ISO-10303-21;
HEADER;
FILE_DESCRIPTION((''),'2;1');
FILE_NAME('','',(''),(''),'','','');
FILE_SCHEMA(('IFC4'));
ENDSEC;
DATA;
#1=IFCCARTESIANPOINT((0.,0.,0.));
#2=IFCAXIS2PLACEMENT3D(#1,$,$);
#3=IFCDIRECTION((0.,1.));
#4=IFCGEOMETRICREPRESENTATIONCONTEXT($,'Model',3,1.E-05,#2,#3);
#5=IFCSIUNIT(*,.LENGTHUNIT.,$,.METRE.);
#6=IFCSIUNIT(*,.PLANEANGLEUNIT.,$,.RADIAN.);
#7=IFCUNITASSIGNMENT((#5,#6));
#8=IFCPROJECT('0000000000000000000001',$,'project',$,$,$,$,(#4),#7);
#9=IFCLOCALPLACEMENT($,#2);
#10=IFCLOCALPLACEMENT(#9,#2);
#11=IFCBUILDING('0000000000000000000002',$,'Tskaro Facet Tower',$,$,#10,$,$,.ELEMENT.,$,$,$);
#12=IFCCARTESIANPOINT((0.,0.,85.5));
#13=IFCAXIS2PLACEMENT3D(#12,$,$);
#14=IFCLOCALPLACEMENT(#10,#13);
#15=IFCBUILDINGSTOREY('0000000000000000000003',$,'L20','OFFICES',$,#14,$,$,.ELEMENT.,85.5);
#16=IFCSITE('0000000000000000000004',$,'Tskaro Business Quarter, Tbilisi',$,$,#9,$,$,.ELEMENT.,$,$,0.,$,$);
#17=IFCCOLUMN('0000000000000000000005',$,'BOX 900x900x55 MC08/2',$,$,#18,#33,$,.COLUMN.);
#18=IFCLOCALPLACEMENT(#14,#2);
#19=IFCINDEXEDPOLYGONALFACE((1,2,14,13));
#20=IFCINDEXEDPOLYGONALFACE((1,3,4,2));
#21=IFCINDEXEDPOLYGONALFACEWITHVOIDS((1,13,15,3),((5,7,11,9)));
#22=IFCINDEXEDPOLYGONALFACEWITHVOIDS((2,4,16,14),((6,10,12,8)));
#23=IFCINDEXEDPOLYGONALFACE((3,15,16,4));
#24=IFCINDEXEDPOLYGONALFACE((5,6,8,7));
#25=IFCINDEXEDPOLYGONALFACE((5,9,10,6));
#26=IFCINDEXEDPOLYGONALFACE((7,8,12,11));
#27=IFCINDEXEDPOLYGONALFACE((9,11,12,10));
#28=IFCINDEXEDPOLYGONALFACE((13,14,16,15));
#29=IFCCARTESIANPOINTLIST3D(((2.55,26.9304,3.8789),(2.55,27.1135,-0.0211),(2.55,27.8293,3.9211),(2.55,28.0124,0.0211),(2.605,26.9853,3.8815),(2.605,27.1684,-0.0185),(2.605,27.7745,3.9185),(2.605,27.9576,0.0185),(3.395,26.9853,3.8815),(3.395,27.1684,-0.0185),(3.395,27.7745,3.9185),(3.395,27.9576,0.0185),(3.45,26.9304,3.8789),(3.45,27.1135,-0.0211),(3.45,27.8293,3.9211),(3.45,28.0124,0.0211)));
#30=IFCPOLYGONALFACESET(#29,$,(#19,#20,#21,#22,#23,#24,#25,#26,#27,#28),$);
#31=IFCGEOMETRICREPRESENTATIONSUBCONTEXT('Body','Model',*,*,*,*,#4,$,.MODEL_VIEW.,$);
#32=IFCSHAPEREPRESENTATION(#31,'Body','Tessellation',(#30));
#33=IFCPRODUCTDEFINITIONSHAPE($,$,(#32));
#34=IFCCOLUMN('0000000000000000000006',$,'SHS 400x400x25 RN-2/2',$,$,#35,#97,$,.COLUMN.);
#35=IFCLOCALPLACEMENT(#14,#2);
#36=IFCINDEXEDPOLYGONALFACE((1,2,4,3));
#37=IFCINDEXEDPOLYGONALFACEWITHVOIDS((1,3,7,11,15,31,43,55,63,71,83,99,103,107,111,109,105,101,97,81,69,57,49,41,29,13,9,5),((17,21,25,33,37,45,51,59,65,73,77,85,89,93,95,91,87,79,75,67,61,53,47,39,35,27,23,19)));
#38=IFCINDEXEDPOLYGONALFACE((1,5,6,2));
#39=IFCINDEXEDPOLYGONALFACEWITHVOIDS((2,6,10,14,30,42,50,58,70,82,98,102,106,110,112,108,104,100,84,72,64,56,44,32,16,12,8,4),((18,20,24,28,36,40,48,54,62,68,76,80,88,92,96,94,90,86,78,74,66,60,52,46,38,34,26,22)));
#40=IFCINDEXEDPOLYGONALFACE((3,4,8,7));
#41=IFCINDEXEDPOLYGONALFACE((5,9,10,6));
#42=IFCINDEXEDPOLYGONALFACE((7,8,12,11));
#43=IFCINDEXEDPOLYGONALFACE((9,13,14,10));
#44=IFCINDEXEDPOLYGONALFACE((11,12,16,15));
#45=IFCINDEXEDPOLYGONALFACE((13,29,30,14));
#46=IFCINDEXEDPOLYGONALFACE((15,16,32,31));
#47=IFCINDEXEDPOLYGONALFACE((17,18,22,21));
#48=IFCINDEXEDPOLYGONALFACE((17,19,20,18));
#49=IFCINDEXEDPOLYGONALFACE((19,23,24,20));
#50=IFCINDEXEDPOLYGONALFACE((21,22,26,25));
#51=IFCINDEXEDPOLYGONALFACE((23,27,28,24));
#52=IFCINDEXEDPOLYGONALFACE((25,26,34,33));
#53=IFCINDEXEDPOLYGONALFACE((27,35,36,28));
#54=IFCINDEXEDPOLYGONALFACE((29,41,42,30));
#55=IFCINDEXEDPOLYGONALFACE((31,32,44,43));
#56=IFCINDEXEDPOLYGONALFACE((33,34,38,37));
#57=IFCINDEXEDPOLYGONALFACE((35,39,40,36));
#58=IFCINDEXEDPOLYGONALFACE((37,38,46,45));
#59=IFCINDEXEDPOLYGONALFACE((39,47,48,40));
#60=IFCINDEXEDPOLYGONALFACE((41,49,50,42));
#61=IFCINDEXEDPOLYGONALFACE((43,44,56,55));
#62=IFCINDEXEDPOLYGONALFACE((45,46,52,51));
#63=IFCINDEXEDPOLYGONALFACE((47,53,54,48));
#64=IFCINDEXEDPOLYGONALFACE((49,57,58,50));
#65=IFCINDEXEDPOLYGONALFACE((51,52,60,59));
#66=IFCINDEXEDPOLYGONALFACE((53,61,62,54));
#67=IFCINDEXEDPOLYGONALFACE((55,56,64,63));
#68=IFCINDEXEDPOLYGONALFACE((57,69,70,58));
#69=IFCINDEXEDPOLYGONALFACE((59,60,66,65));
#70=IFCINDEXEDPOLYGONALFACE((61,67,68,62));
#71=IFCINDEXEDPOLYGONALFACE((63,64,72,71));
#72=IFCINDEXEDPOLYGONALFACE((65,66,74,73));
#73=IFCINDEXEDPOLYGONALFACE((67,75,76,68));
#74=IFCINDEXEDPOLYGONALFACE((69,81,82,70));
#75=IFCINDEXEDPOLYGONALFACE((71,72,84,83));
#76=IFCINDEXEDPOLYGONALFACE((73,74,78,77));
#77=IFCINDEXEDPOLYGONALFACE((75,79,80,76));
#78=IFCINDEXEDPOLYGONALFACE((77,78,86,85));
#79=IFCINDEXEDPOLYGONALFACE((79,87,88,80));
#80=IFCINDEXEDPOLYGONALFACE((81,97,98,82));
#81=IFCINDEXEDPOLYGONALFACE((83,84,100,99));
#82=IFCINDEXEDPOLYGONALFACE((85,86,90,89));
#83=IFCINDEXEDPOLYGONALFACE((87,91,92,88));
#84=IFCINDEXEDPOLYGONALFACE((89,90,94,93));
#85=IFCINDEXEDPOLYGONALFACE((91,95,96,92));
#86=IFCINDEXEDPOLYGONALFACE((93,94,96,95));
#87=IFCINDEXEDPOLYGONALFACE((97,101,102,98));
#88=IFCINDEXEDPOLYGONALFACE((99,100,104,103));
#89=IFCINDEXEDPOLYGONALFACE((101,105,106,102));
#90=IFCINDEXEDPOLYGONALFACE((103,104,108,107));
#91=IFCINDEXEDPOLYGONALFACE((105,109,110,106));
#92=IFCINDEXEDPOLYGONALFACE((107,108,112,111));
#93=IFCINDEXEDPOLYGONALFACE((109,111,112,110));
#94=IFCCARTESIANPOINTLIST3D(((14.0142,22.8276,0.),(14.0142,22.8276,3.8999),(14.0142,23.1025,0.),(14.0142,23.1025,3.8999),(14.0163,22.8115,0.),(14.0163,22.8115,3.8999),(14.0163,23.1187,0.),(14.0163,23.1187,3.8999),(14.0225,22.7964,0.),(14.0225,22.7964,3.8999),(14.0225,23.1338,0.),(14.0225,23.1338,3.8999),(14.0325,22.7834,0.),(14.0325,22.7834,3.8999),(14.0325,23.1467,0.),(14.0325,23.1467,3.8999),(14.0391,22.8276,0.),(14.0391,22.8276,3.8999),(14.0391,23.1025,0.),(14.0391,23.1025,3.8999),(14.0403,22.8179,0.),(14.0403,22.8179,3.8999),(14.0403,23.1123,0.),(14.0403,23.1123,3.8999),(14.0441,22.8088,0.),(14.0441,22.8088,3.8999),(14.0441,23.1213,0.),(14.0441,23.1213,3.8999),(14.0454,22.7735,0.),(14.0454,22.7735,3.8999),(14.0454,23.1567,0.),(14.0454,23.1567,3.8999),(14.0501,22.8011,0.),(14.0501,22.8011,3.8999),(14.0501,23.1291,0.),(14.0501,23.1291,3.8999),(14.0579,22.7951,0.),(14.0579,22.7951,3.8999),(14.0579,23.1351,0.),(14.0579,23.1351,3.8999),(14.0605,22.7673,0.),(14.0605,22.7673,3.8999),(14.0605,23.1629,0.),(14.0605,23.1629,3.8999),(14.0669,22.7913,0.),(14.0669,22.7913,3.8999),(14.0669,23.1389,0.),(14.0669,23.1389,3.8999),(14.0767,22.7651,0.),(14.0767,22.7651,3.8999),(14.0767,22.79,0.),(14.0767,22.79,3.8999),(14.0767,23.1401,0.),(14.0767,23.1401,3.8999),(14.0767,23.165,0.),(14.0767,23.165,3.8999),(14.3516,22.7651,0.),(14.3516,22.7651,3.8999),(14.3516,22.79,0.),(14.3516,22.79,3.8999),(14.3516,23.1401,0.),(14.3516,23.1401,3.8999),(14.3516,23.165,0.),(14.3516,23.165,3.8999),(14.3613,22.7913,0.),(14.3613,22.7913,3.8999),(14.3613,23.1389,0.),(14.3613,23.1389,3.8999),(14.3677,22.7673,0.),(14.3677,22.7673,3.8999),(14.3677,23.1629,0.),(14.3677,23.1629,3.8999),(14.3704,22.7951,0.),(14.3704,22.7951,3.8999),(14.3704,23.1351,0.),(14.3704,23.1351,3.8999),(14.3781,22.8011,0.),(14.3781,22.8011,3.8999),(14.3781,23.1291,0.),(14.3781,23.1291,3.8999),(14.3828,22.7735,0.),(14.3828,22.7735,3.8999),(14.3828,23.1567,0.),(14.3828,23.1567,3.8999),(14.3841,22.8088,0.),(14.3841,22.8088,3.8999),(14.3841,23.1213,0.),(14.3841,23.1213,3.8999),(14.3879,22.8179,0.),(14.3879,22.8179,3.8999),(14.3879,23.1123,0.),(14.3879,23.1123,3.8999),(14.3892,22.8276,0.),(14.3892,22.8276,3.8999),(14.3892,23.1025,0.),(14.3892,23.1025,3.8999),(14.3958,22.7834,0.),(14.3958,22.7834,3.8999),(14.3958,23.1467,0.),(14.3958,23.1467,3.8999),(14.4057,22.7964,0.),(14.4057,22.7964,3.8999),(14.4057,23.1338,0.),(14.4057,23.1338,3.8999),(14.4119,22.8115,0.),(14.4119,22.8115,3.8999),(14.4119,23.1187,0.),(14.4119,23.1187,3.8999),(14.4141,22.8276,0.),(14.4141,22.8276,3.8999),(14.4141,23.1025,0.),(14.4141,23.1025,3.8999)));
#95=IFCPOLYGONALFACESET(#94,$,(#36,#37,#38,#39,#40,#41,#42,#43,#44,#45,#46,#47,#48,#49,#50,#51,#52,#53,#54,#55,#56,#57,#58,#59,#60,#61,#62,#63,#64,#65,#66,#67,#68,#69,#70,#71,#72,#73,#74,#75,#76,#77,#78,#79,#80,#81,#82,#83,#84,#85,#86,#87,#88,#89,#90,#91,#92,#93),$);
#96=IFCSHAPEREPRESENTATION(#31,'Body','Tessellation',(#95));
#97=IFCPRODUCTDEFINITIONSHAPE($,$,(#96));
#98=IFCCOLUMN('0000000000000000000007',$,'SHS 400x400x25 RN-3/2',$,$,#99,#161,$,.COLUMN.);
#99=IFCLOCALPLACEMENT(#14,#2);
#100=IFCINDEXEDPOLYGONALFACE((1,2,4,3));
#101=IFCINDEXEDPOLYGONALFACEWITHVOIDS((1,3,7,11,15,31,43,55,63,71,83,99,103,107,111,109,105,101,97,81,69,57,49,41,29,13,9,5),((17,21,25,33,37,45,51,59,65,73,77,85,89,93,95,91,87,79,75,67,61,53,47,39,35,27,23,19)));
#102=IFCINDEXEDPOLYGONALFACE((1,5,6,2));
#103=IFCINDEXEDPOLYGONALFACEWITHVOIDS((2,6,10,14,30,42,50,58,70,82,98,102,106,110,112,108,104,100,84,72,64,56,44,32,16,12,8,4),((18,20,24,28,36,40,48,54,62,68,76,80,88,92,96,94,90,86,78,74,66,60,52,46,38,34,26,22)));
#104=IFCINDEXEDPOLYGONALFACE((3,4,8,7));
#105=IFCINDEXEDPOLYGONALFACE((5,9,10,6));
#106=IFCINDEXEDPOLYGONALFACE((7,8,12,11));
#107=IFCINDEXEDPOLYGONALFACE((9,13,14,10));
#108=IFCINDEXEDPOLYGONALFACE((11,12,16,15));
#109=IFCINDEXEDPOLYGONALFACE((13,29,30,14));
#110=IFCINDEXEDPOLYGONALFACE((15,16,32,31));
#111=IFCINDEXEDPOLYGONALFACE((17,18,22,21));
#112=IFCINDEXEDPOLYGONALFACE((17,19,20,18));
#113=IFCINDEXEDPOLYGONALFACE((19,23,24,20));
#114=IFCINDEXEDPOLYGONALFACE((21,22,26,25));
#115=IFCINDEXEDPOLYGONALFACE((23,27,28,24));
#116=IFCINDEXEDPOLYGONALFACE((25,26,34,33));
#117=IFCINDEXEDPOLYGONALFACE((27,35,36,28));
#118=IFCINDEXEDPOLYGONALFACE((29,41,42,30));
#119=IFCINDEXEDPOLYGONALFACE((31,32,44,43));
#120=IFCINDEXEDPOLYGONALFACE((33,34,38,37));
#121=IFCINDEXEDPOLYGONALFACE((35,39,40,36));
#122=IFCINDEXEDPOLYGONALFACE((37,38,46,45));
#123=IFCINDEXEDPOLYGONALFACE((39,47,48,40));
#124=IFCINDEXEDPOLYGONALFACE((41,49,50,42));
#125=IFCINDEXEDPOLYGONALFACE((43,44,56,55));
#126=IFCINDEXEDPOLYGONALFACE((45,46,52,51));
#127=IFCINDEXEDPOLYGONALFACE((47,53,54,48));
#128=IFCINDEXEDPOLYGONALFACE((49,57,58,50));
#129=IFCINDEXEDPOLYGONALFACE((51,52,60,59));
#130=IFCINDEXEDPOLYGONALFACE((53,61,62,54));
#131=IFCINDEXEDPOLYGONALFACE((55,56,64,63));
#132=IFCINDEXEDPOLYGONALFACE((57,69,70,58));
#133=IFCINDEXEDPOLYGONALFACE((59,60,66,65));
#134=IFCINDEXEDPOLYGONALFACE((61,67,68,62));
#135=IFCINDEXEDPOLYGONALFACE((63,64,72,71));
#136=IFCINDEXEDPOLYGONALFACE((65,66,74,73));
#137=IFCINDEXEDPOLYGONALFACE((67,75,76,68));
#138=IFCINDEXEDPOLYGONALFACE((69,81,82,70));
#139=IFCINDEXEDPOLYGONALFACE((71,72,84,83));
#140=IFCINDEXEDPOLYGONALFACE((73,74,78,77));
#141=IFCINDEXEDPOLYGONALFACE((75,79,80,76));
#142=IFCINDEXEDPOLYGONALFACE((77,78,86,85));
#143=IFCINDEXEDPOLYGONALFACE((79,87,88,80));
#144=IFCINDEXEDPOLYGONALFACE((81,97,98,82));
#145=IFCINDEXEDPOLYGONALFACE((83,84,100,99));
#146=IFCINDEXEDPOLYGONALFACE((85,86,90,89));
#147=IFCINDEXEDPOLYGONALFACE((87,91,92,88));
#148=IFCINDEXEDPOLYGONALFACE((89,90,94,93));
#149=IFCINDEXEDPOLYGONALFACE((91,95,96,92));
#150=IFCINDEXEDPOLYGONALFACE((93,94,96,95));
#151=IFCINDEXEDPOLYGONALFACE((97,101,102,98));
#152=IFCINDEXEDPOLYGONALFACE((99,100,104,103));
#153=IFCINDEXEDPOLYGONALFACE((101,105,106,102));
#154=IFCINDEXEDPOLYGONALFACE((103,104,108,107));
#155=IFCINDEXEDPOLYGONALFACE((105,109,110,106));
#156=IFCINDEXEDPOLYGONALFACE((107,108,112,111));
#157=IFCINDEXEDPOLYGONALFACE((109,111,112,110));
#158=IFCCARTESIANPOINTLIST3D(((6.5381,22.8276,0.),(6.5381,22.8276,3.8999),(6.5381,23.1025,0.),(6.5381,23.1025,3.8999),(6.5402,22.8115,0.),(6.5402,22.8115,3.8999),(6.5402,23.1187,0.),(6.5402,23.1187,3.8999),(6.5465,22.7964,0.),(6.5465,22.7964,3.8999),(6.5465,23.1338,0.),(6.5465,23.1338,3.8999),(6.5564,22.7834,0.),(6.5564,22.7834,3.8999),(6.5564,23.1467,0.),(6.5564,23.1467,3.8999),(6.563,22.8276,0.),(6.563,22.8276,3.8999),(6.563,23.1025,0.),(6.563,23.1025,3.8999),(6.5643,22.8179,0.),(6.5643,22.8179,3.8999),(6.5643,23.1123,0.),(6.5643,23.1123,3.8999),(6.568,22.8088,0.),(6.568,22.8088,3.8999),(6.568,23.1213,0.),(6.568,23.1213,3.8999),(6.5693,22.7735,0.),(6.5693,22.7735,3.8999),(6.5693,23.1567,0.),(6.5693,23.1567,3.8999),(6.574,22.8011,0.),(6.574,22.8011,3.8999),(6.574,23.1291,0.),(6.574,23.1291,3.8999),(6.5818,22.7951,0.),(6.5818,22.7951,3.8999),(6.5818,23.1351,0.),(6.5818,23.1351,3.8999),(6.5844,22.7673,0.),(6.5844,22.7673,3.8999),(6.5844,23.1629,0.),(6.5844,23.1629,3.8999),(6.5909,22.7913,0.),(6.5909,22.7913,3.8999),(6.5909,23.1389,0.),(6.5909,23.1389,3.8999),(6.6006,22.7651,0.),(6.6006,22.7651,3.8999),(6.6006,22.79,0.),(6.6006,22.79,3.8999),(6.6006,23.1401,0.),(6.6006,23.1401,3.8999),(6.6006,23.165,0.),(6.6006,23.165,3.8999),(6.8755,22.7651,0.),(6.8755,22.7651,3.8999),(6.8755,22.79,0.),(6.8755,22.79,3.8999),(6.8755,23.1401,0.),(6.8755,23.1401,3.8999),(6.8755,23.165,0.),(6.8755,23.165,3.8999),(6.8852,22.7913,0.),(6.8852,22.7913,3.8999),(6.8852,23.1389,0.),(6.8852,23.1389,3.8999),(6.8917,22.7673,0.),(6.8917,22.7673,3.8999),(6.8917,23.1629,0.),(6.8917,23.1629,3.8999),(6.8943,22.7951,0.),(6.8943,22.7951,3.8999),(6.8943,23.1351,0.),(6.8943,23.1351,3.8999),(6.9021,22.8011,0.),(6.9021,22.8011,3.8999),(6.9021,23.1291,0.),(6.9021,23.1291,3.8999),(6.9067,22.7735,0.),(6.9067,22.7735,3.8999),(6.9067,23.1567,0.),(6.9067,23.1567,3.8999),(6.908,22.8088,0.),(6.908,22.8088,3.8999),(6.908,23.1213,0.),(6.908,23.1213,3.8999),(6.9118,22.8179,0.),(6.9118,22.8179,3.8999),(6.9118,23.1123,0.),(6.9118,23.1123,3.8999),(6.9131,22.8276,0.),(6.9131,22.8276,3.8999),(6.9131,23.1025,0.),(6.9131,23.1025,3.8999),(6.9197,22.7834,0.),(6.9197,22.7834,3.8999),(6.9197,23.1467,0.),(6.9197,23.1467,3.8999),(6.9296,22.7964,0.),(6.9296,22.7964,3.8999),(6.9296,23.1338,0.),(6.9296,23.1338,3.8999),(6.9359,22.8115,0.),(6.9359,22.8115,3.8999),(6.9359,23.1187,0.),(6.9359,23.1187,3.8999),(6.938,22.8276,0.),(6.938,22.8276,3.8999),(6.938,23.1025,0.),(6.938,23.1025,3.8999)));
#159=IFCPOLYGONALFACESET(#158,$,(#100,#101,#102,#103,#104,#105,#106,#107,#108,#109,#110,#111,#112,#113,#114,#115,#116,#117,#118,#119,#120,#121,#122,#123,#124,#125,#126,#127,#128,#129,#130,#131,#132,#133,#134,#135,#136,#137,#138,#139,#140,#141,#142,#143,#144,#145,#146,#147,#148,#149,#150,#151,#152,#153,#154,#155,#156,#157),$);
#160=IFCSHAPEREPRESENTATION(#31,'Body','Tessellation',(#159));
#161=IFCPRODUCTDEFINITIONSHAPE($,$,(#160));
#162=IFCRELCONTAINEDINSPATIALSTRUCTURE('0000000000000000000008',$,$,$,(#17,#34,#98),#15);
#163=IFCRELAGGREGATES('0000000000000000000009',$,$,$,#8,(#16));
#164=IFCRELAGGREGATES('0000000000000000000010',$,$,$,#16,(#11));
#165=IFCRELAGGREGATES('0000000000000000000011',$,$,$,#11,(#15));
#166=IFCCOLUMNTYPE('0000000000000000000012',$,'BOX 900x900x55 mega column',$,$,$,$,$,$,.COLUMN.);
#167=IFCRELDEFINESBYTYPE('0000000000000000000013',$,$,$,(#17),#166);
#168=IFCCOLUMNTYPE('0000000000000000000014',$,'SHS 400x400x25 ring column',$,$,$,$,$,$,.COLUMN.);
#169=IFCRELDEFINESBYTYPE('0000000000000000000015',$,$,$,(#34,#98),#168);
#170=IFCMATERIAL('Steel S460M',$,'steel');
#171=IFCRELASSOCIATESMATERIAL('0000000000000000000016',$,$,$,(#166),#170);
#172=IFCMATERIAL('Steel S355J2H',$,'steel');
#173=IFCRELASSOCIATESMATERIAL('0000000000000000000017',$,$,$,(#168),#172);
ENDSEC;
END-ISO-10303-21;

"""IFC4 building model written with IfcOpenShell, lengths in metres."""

from ifc_helpers import new_model, si_unit, direction, frame, origin, origin_2d, place, context, subcontext, project, spatial, hollow_rectangle, extrude, material, material_profile, profile_set, type_object, element, save


model = new_model("IFC4")

# Units and contexts
model_context = context("Model", 3, precision=1e-05, world=origin(), true_north=direction((0.0, 1.0)))
body_context = subcontext(model_context, "Body", "Model", "MODEL_VIEW")
ifc_project = project(units=[si_unit("LENGTHUNIT", "METRE"), si_unit("PLANEANGLEUNIT", "RADIAN")], contexts=[model_context])

# Site, building, storey
site_placement = place(None, origin())
site = spatial("IfcSite", under=ifc_project, at=site_placement, Name="Tskaro Business Quarter, Tbilisi", CompositionType="ELEMENT", RefElevation=0.0)
building_placement = place(site_placement, origin())
building = spatial("IfcBuilding", under=site, at=building_placement, Name="Tskaro Facet Tower", CompositionType="ELEMENT")
storey_placement = place(building_placement, frame((0.0, 0.0, 85.5)))
storey = spatial("IfcBuildingStorey", under=building, at=storey_placement, Name="L20", Description="OFFICES", CompositionType="ELEMENT", Elevation=85.5)

# Columns
ifc_material_1 = material(Name="Steel S460M", Category="steel")
ifc_material_profile_1 = material_profile(ifc_material_1, hollow_rectangle(XDim=0.8999, YDim=0.8999, WallThickness=0.0549, at=origin_2d()), Name="BOX 900x900x55")
ifc_profile_set_1 = profile_set([ifc_material_profile_1], Name="Steel S460M")
column_type_1 = type_object("IfcColumnType", Name="BOX 900x900x55 mega column", PredefinedType="COLUMN", material=ifc_profile_set_1)
column_placement = place(storey_placement, frame((3.0, 27.563, 0.0), z_axis=(0.0, -0.0469, 0.9989), x_axis=(1.0, 0.0, 0.0)))
element("IfcColumn", 1, at=column_placement, inside=storey, type_object=column_type_1, Name="BOX 900x900x55 MC08/2", PredefinedType="COLUMN", context=body_context, shape_type="SweptSolid", body=[
    extrude(hollow_rectangle(XDim=0.8999, YDim=0.8999, WallThickness=0.0549, at=origin_2d()), origin(), (0.0, 0.0, 1.0), 3.9043),
])
ifc_material_2 = material(Name="Steel S355J2H", Category="steel")
ifc_material_profile_2 = material_profile(ifc_material_2, hollow_rectangle(XDim=0.3999, YDim=0.3999, WallThickness=0.0249, InnerFilletRadius=0.0376, OuterFilletRadius=0.0625, at=origin_2d()), Name="SHS 400x400x25")
ifc_profile_set_2 = profile_set([ifc_material_profile_2], Name="Steel S355J2H")
column_type_2 = type_object("IfcColumnType", Name="SHS 400x400x25 ring column", PredefinedType="COLUMN", material=ifc_profile_set_2)
for number, where, z_axis, x_axis, name in (
    (2, (14.2141, 22.9651, 0.0), (0.0, 0.0, 1.0), (1.0, 0.0, 0.0), "SHS 400x400x25 RN-2/2"),
    (3, (6.738, 22.9651, 0.0), (0.0, 0.0, 1.0), (1.0, 0.0, 0.0), "SHS 400x400x25 RN-3/2"),
):
    element("IfcColumn", number, at=place(storey_placement, frame(where, z_axis=z_axis, x_axis=x_axis)), inside=storey, type_object=column_type_2, Name=name, PredefinedType="COLUMN", context=body_context, shape_type="SweptSolid", body=[
        extrude(hollow_rectangle(XDim=0.3999, YDim=0.3999, WallThickness=0.0249, InnerFilletRadius=0.0376, OuterFilletRadius=0.0625, at=origin_2d()), origin(), (0.0, 0.0, 1.0), 3.8999),
    ])

save(model, "model.ifc")
